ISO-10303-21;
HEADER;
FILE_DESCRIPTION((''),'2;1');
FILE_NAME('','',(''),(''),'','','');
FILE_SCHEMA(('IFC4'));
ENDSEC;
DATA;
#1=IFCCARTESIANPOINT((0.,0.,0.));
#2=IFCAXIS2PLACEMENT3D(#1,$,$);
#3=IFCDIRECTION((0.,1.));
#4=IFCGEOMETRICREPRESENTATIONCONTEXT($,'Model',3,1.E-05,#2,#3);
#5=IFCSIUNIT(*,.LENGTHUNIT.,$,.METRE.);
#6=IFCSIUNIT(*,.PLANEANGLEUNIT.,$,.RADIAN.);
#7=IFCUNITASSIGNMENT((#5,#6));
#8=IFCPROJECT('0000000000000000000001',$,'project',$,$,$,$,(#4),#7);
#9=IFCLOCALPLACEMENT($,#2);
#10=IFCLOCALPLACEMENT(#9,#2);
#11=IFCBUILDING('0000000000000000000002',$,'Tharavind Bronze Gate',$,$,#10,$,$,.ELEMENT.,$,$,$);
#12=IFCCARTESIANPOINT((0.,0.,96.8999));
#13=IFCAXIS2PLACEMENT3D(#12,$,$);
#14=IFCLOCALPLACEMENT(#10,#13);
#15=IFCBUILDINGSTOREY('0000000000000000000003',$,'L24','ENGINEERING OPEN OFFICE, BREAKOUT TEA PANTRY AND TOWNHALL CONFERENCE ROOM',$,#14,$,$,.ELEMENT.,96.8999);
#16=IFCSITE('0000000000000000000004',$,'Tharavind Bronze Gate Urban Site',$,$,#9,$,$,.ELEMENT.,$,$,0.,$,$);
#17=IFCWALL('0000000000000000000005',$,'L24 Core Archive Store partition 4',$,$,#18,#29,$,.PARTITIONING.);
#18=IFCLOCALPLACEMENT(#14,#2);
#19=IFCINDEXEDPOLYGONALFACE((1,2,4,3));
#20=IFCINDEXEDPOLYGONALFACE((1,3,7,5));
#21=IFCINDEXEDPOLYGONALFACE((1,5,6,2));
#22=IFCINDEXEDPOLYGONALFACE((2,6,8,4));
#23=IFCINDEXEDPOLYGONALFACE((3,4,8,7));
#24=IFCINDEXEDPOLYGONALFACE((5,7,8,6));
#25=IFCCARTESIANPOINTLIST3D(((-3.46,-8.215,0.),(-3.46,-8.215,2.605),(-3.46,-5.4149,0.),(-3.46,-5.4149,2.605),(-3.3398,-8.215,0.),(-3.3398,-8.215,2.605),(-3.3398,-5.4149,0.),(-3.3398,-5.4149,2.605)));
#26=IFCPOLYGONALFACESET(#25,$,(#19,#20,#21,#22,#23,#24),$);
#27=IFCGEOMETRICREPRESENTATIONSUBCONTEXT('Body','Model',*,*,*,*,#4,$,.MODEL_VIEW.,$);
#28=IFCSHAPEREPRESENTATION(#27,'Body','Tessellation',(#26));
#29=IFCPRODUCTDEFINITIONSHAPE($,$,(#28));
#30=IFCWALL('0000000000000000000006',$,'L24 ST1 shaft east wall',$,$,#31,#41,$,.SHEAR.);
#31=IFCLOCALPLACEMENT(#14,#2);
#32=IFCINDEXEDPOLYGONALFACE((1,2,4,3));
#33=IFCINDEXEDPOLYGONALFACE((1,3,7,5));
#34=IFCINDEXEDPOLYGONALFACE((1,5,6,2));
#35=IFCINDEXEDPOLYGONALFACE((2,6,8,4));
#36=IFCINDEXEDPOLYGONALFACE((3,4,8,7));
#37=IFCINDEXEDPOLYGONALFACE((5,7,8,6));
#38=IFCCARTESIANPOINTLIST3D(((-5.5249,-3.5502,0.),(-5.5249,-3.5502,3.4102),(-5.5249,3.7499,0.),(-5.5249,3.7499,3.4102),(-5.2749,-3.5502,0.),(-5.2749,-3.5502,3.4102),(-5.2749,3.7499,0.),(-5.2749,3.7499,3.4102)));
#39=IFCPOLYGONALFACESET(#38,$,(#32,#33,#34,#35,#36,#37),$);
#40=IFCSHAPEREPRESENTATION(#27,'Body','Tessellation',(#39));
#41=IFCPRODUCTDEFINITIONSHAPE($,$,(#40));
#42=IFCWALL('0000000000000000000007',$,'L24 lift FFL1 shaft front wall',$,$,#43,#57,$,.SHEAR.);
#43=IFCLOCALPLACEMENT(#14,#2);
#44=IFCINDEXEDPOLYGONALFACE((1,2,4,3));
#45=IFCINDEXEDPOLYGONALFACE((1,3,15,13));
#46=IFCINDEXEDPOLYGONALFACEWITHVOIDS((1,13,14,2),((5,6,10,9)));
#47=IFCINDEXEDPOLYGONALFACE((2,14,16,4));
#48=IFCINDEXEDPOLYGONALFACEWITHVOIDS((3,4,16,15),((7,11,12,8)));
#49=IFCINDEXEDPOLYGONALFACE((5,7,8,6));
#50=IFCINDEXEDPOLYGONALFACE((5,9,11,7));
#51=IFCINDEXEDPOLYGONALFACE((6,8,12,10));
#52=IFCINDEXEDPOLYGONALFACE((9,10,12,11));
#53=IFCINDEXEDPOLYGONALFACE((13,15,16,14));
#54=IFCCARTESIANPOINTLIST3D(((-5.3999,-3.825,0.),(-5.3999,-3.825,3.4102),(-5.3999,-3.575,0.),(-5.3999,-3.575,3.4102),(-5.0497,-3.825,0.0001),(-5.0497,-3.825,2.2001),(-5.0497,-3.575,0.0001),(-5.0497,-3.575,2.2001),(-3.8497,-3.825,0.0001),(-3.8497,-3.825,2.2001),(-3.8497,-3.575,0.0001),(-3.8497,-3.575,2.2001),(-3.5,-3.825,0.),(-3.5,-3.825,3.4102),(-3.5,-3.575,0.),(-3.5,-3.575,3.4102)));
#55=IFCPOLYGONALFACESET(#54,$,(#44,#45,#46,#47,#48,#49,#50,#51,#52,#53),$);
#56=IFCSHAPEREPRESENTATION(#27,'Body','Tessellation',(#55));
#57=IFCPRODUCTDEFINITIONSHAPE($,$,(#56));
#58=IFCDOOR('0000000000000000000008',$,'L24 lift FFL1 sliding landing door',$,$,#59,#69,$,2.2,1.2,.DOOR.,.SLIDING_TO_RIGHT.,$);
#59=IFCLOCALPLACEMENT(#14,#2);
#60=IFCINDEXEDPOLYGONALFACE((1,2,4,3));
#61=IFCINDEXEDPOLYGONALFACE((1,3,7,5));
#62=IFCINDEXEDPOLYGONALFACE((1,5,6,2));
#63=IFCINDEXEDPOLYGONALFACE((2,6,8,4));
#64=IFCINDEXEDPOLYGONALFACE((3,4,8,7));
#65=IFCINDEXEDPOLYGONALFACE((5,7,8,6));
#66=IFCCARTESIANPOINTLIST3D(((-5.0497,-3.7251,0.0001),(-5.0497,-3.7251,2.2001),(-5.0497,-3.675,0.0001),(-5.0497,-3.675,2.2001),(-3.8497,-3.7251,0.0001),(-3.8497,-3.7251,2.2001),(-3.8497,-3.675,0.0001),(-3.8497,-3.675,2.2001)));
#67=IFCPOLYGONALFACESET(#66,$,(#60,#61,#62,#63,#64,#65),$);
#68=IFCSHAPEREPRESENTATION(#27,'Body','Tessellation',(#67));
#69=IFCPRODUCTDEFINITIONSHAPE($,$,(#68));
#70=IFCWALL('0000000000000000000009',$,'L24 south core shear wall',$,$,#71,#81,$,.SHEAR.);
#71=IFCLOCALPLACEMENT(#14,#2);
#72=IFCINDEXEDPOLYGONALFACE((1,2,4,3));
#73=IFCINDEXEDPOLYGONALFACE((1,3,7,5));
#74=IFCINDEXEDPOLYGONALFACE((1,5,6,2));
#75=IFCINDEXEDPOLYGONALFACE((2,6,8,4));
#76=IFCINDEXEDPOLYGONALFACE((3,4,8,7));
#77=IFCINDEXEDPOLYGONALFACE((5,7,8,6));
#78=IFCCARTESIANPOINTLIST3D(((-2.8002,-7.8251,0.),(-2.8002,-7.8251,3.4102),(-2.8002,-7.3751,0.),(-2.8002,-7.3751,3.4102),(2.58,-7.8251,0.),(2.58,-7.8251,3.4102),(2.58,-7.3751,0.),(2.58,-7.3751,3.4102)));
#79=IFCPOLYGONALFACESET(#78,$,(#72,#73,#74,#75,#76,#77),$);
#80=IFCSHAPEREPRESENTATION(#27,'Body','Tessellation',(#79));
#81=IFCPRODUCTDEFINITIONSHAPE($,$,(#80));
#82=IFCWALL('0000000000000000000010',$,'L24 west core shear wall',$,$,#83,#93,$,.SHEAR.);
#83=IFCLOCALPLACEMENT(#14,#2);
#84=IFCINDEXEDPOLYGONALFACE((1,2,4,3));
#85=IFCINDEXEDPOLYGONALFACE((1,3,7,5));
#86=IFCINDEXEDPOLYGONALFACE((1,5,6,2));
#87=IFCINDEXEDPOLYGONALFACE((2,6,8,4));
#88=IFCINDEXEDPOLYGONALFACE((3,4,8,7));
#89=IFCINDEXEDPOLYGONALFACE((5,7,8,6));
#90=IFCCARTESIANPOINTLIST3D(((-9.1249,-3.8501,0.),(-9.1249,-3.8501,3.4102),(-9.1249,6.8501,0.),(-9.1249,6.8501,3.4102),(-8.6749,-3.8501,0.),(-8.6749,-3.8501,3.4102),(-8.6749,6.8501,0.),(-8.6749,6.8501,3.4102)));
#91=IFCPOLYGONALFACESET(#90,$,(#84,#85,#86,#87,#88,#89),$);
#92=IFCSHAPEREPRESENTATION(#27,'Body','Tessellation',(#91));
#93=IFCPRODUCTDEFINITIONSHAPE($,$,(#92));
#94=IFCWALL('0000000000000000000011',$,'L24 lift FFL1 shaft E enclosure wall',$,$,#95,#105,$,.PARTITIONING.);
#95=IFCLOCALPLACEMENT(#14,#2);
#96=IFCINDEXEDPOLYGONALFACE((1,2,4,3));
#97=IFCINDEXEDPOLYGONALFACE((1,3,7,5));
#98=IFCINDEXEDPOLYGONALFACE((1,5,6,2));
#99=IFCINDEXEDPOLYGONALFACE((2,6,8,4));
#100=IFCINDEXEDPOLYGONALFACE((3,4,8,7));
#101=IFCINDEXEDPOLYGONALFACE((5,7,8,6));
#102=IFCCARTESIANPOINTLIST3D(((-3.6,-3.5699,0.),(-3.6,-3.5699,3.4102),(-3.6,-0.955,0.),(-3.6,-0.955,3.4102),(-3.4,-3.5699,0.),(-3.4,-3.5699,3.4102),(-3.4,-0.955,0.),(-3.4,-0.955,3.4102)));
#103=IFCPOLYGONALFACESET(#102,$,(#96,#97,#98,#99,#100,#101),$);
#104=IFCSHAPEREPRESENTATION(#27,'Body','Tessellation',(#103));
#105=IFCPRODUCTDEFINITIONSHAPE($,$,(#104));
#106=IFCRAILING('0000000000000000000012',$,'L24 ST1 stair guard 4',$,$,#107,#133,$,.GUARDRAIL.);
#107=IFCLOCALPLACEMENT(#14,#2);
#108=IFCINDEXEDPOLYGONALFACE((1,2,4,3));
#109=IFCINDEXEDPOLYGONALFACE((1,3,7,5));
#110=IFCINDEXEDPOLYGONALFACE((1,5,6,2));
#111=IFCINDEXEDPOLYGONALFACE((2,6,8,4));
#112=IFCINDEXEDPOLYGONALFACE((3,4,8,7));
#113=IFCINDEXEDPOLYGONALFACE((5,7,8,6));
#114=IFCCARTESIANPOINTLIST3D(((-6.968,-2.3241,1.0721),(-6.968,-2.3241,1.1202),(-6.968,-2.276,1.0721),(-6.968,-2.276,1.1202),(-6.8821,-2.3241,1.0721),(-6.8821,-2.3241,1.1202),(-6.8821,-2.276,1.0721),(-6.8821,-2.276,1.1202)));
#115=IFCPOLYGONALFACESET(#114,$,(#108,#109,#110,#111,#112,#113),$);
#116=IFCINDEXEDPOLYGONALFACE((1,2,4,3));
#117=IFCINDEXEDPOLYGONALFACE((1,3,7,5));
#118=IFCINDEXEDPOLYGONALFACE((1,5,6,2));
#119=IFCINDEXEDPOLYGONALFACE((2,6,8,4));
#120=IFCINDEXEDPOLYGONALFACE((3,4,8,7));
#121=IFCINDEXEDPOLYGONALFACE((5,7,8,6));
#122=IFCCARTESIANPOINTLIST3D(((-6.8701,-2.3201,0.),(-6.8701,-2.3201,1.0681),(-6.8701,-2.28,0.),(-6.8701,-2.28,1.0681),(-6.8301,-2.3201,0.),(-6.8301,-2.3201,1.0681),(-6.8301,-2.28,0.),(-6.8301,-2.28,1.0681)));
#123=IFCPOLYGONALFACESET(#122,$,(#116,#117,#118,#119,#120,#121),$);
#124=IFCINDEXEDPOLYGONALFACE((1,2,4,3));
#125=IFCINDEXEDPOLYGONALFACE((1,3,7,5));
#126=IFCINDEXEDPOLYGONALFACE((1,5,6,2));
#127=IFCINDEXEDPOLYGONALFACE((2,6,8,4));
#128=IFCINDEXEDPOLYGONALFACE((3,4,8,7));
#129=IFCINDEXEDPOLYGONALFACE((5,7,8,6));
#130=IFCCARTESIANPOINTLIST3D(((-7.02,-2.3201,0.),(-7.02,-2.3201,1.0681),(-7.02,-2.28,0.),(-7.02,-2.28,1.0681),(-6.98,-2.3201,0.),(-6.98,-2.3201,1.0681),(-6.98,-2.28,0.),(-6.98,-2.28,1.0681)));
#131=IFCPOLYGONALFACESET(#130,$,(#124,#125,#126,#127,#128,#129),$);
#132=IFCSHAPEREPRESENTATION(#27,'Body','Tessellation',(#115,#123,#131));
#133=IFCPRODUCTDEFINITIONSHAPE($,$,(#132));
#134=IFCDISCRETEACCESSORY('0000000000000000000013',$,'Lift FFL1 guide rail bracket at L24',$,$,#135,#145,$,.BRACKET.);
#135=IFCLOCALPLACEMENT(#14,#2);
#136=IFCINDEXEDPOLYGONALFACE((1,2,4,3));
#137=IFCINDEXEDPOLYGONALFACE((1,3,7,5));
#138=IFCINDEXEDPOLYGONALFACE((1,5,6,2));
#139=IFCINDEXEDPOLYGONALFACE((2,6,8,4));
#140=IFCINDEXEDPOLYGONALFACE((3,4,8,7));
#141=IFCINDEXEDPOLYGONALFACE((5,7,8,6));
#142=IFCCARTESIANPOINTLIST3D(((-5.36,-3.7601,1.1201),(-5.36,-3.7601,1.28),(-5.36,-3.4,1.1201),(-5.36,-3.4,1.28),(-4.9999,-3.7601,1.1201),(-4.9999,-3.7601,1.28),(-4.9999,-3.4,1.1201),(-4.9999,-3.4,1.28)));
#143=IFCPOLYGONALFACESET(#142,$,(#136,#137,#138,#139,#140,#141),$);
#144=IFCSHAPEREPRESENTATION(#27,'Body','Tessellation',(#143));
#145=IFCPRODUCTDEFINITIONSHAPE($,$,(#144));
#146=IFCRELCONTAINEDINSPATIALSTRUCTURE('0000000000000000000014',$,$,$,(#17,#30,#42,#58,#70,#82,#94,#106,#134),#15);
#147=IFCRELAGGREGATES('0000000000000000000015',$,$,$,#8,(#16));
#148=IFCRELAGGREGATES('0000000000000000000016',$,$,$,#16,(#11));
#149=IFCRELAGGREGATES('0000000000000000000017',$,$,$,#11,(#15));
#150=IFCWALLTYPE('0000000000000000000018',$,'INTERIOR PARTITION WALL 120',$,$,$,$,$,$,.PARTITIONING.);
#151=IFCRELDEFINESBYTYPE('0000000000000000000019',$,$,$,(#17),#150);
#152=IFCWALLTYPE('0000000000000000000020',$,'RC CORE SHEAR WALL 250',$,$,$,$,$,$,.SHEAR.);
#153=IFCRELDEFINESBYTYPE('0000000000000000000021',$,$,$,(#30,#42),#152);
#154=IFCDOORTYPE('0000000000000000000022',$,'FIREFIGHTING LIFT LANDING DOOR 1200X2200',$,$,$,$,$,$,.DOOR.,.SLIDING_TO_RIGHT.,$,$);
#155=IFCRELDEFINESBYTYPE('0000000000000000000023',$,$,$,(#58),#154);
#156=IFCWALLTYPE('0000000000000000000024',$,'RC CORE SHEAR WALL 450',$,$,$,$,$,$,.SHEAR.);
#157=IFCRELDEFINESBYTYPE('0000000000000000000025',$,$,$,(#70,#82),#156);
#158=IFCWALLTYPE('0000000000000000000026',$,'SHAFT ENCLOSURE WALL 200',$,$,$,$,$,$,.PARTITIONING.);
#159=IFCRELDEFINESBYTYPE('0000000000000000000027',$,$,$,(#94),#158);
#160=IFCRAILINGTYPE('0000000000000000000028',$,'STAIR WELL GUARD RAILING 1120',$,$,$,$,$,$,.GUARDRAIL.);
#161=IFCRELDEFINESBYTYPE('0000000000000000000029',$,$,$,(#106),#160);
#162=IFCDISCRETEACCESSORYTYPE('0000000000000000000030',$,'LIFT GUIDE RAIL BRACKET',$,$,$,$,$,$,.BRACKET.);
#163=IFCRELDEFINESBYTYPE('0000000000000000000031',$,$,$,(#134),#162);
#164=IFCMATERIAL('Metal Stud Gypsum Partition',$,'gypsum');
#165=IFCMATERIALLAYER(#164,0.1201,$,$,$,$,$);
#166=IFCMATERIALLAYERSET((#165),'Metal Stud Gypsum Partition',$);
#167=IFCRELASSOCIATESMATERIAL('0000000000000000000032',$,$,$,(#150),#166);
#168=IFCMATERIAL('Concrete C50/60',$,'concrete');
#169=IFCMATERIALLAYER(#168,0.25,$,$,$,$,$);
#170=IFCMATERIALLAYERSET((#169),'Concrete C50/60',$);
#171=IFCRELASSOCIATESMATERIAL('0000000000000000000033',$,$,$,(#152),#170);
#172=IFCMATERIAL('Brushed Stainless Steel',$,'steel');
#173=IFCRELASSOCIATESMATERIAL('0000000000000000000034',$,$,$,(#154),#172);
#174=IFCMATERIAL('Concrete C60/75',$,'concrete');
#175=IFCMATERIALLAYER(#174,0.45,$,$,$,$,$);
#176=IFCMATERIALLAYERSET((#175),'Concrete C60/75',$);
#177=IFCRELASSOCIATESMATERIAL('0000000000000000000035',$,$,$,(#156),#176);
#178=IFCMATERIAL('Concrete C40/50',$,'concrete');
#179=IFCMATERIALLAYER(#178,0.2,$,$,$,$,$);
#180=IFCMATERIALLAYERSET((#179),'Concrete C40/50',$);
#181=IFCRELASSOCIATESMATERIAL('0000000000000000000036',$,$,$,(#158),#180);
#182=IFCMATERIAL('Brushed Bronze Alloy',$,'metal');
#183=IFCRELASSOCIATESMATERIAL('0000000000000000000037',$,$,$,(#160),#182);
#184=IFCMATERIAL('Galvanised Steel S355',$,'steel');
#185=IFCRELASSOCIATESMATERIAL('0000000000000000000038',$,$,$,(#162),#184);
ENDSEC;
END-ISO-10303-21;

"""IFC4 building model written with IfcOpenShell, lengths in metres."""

from ifc_helpers import new_model, si_unit, direction, frame, frame_2d, origin, origin_2d, place, context, subcontext, project, spatial, rectangle, extrude, material, layer, layer_set, type_object, element, fill, save


model = new_model("IFC4")

# Units and contexts
model_context = context("Model", 3, precision=1e-05, world=origin(), true_north=direction((0.0, 1.0)))
body_context = subcontext(model_context, "Body", "Model", "MODEL_VIEW")
ifc_project = project(units=[si_unit("LENGTHUNIT", "METRE"), si_unit("PLANEANGLEUNIT", "RADIAN")], contexts=[model_context])

# Site, building, storey
site_placement = place(None, origin())
site = spatial("IfcSite", under=ifc_project, at=site_placement, Name="Tharavind Bronze Gate Urban Site", CompositionType="ELEMENT", RefElevation=0.0)
building_placement = place(site_placement, origin())
building = spatial("IfcBuilding", under=site, at=building_placement, Name="Tharavind Bronze Gate", CompositionType="ELEMENT")
storey_placement = place(building_placement, frame((0.0, 0.0, 96.8999)))
storey = spatial("IfcBuildingStorey", under=building, at=storey_placement, Name="L24", Description="ENGINEERING OPEN OFFICE, BREAKOUT TEA PANTRY AND TOWNHALL CONFERENCE ROOM", CompositionType="ELEMENT", Elevation=96.8999)

# Shared definitions
ifc_material_1 = material(Name="Concrete C60/75", Category="concrete")

# Walls
ifc_material_2 = material(Name="Metal Stud Gypsum Partition", Category="gypsum")
ifc_layer_1 = layer(ifc_material_2, 0.1201)
ifc_layer_set_1 = layer_set([ifc_layer_1], Name="Metal Stud Gypsum Partition")
wall_type_1 = type_object("IfcWallType", Name="INTERIOR PARTITION WALL 120", PredefinedType="PARTITIONING", material=ifc_layer_set_1)
wall_1_placement = place(storey_placement, frame((-3.3999, -5.415, 0.0), z_axis=(0.0, 0.0, 1.0), x_axis=(0.0, -1.0, 0.0)))
element("IfcWall", 1, at=wall_1_placement, inside=storey, type_object=wall_type_1, Name="L24 Core Archive Store partition 4", PredefinedType="PARTITIONING", context=body_context, shape_type="SweptSolid", body=[
    extrude(rectangle(XDim=2.8, YDim=0.1201, at=frame_2d((1.3999, 0.0))), origin(), (0.0, 0.0, 1.0), 2.605),
])
ifc_material_3 = material(Name="Concrete C50/60", Category="concrete")
ifc_layer_2 = layer(ifc_material_3, 0.25)
ifc_layer_set_2 = layer_set([ifc_layer_2], Name="Concrete C50/60")
wall_type_2 = type_object("IfcWallType", Name="RC CORE SHEAR WALL 250", PredefinedType="SHEAR", material=ifc_layer_set_2)
wall_2_placement = place(storey_placement, frame((-5.3999, -3.55, 0.0), z_axis=(0.0, 0.0, 1.0), x_axis=(0.0, 1.0, 0.0)))
element("IfcWall", 2, at=wall_2_placement, inside=storey, type_object=wall_type_2, Name="L24 ST1 shaft east wall", PredefinedType="SHEAR", context=body_context, shape_type="SweptSolid", body=[
    extrude(rectangle(XDim=7.3, YDim=0.25, at=frame_2d((3.6499, 0.0))), origin(), (0.0, 0.0, 1.0), 3.4102),
])

# Wall, opening, door
wall_3_placement = place(storey_placement, frame((-5.3999, -3.7, 0.0), z_axis=(0.0, 0.0, 1.0), x_axis=(1.0, 0.0, 0.0)))
wall_3 = element("IfcWall", 3, at=wall_3_placement, inside=storey, type_object=wall_type_2, Name="L24 lift FFL1 shaft front wall", PredefinedType="SHEAR", context=body_context, shape_type="SweptSolid", body=[
    extrude(rectangle(XDim=1.8999, YDim=0.25, at=frame_2d((0.95, 0.0))), origin(), (0.0, 0.0, 1.0), 3.4102),
])
opening_1_placement = place(wall_3_placement, frame((0.3501, 0.0, 0.0)))
opening_1 = element("IfcOpeningElement", 4, at=opening_1_placement, cuts=wall_3, PredefinedType="OPENING", context=body_context, shape_type="SweptSolid", body=[
    extrude(rectangle(XDim=1.2, YDim=2.2, at=frame_2d((0.6001, 1.1001))), frame((0.0, 0.135, 0.0), z_axis=(0.0, -1.0, 0.0), x_axis=(1.0, 0.0, 0.0)), (0.0, 0.0, 1.0), 0.27),
])
ifc_material_4 = material(Name="Brushed Stainless Steel", Category="steel")
door_type_1 = type_object("IfcDoorType", Name="FIREFIGHTING LIFT LANDING DOOR 1200X2200", OperationType="SLIDING_TO_RIGHT", PredefinedType="DOOR", material=ifc_material_4)
door_1_placement = place(opening_1_placement, origin())
door_1 = element("IfcDoor", 5, at=door_1_placement, inside=storey, type_object=door_type_1, Name="L24 lift FFL1 sliding landing door", OperationType="SLIDING_TO_RIGHT", OverallHeight=2.2, OverallWidth=1.2, PredefinedType="DOOR", context=body_context, shape_type="SweptSolid", body=[
    extrude(rectangle(XDim=1.2, YDim=2.2, at=frame_2d((0.6001, 1.1001))), frame((0.0, 0.0249, 0.0), z_axis=(0.0, -1.0, 0.0), x_axis=(1.0, 0.0, 0.0)), (0.0, 0.0, 1.0), 0.05),
])
fill(opening_1, door_1)

# Walls
ifc_layer_3 = layer(ifc_material_1, 0.45)
ifc_layer_set_3 = layer_set([ifc_layer_3], Name="Concrete C60/75")
wall_type_3 = type_object("IfcWallType", Name="RC CORE SHEAR WALL 450", PredefinedType="SHEAR", material=ifc_layer_set_3)
wall_4_placement = place(storey_placement, frame((-2.8, -7.6001, 0.0), z_axis=(0.0, 0.0, 1.0), x_axis=(1.0, 0.0, 0.0)))
element("IfcWall", 6, at=wall_4_placement, inside=storey, type_object=wall_type_3, Name="L24 south core shear wall", PredefinedType="SHEAR", context=body_context, shape_type="SweptSolid", body=[
    extrude(rectangle(XDim=5.3801, YDim=0.45, at=frame_2d((2.6899, 0.0))), origin(), (0.0, 0.0, 1.0), 3.4102),
])
wall_5_placement = place(storey_placement, frame((-8.8999, -3.8501, 0.0), z_axis=(0.0, 0.0, 1.0), x_axis=(0.0, 1.0, 0.0)))
element("IfcWall", 7, at=wall_5_placement, inside=storey, type_object=wall_type_3, Name="L24 west core shear wall", PredefinedType="SHEAR", context=body_context, shape_type="SweptSolid", body=[
    extrude(rectangle(XDim=10.7002, YDim=0.45, at=frame_2d((5.3501, 0.0))), origin(), (0.0, 0.0, 1.0), 3.4102),
])
ifc_material_5 = material(Name="Concrete C40/50", Category="concrete")
ifc_layer_4 = layer(ifc_material_5, 0.2)
ifc_layer_set_4 = layer_set([ifc_layer_4], Name="Concrete C40/50")
wall_type_4 = type_object("IfcWallType", Name="SHAFT ENCLOSURE WALL 200", PredefinedType="PARTITIONING", material=ifc_layer_set_4)
wall_6_placement = place(storey_placement, frame((-3.5, -3.5701, 0.0), z_axis=(0.0, 0.0, 1.0), x_axis=(0.0, 1.0, 0.0)))
element("IfcWall", 8, at=wall_6_placement, inside=storey, type_object=wall_type_4, Name="L24 lift FFL1 shaft E enclosure wall", PredefinedType="PARTITIONING", context=body_context, shape_type="SweptSolid", body=[
    extrude(rectangle(XDim=2.615, YDim=0.2, at=frame_2d((1.3076, 0.0))), origin(), (0.0, 0.0, 1.0), 3.4102),
])

# Railing
ifc_material_6 = material(Name="Brushed Bronze Alloy", Category="metal")
railing_type = type_object("IfcRailingType", Name="STAIR WELL GUARD RAILING 1120", PredefinedType="GUARDRAIL", material=ifc_material_6)
railing_placement = place(storey_placement, frame((-6.8501, -2.3, 0.0)))
element("IfcRailing", 9, at=railing_placement, inside=storey, type_object=railing_type, Name="L24 ST1 stair guard 4", PredefinedType="GUARDRAIL", context=body_context, shape_type="SweptSolid", body=[
    extrude(rectangle(XDim=0.0481, YDim=0.0481, at=origin_2d()), frame((-0.032, 0.0, 1.0962), z_axis=(-1.0, 0.0, 0.0), x_axis=(0.0, -1.0, 0.0)), (0.0, 0.0, 1.0), 0.0859),
    extrude(rectangle(XDim=0.04, YDim=0.04, at=origin_2d()), origin(), (0.0, 0.0, 1.0), 1.0681),
    extrude(rectangle(XDim=0.04, YDim=0.04, at=origin_2d()), frame((-0.1499, 0.0, 0.0)), (0.0, 0.0, 1.0), 1.0681),
])

# Discrete accessory
ifc_material_7 = material(Name="Galvanised Steel S355", Category="steel")
discrete_accessory_type = type_object("IfcDiscreteAccessoryType", Name="LIFT GUIDE RAIL BRACKET", PredefinedType="BRACKET", material=ifc_material_7)
discrete_accessory_placement = place(storey_placement, frame((-5.1799, -3.5801, 1.1201), z_axis=(0.0, 0.0, 1.0), x_axis=(1.0, 0.0, 0.0)))
element("IfcDiscreteAccessory", 10, at=discrete_accessory_placement, inside=storey, type_object=discrete_accessory_type, Name="Lift FFL1 guide rail bracket at L24", PredefinedType="BRACKET", context=body_context, shape_type="SweptSolid", body=[
    extrude(rectangle(XDim=0.3601, YDim=0.3601, at=origin_2d()), origin(), (0.0, 0.0, 1.0), 0.1599),
])

save(model, "model.ifc")
